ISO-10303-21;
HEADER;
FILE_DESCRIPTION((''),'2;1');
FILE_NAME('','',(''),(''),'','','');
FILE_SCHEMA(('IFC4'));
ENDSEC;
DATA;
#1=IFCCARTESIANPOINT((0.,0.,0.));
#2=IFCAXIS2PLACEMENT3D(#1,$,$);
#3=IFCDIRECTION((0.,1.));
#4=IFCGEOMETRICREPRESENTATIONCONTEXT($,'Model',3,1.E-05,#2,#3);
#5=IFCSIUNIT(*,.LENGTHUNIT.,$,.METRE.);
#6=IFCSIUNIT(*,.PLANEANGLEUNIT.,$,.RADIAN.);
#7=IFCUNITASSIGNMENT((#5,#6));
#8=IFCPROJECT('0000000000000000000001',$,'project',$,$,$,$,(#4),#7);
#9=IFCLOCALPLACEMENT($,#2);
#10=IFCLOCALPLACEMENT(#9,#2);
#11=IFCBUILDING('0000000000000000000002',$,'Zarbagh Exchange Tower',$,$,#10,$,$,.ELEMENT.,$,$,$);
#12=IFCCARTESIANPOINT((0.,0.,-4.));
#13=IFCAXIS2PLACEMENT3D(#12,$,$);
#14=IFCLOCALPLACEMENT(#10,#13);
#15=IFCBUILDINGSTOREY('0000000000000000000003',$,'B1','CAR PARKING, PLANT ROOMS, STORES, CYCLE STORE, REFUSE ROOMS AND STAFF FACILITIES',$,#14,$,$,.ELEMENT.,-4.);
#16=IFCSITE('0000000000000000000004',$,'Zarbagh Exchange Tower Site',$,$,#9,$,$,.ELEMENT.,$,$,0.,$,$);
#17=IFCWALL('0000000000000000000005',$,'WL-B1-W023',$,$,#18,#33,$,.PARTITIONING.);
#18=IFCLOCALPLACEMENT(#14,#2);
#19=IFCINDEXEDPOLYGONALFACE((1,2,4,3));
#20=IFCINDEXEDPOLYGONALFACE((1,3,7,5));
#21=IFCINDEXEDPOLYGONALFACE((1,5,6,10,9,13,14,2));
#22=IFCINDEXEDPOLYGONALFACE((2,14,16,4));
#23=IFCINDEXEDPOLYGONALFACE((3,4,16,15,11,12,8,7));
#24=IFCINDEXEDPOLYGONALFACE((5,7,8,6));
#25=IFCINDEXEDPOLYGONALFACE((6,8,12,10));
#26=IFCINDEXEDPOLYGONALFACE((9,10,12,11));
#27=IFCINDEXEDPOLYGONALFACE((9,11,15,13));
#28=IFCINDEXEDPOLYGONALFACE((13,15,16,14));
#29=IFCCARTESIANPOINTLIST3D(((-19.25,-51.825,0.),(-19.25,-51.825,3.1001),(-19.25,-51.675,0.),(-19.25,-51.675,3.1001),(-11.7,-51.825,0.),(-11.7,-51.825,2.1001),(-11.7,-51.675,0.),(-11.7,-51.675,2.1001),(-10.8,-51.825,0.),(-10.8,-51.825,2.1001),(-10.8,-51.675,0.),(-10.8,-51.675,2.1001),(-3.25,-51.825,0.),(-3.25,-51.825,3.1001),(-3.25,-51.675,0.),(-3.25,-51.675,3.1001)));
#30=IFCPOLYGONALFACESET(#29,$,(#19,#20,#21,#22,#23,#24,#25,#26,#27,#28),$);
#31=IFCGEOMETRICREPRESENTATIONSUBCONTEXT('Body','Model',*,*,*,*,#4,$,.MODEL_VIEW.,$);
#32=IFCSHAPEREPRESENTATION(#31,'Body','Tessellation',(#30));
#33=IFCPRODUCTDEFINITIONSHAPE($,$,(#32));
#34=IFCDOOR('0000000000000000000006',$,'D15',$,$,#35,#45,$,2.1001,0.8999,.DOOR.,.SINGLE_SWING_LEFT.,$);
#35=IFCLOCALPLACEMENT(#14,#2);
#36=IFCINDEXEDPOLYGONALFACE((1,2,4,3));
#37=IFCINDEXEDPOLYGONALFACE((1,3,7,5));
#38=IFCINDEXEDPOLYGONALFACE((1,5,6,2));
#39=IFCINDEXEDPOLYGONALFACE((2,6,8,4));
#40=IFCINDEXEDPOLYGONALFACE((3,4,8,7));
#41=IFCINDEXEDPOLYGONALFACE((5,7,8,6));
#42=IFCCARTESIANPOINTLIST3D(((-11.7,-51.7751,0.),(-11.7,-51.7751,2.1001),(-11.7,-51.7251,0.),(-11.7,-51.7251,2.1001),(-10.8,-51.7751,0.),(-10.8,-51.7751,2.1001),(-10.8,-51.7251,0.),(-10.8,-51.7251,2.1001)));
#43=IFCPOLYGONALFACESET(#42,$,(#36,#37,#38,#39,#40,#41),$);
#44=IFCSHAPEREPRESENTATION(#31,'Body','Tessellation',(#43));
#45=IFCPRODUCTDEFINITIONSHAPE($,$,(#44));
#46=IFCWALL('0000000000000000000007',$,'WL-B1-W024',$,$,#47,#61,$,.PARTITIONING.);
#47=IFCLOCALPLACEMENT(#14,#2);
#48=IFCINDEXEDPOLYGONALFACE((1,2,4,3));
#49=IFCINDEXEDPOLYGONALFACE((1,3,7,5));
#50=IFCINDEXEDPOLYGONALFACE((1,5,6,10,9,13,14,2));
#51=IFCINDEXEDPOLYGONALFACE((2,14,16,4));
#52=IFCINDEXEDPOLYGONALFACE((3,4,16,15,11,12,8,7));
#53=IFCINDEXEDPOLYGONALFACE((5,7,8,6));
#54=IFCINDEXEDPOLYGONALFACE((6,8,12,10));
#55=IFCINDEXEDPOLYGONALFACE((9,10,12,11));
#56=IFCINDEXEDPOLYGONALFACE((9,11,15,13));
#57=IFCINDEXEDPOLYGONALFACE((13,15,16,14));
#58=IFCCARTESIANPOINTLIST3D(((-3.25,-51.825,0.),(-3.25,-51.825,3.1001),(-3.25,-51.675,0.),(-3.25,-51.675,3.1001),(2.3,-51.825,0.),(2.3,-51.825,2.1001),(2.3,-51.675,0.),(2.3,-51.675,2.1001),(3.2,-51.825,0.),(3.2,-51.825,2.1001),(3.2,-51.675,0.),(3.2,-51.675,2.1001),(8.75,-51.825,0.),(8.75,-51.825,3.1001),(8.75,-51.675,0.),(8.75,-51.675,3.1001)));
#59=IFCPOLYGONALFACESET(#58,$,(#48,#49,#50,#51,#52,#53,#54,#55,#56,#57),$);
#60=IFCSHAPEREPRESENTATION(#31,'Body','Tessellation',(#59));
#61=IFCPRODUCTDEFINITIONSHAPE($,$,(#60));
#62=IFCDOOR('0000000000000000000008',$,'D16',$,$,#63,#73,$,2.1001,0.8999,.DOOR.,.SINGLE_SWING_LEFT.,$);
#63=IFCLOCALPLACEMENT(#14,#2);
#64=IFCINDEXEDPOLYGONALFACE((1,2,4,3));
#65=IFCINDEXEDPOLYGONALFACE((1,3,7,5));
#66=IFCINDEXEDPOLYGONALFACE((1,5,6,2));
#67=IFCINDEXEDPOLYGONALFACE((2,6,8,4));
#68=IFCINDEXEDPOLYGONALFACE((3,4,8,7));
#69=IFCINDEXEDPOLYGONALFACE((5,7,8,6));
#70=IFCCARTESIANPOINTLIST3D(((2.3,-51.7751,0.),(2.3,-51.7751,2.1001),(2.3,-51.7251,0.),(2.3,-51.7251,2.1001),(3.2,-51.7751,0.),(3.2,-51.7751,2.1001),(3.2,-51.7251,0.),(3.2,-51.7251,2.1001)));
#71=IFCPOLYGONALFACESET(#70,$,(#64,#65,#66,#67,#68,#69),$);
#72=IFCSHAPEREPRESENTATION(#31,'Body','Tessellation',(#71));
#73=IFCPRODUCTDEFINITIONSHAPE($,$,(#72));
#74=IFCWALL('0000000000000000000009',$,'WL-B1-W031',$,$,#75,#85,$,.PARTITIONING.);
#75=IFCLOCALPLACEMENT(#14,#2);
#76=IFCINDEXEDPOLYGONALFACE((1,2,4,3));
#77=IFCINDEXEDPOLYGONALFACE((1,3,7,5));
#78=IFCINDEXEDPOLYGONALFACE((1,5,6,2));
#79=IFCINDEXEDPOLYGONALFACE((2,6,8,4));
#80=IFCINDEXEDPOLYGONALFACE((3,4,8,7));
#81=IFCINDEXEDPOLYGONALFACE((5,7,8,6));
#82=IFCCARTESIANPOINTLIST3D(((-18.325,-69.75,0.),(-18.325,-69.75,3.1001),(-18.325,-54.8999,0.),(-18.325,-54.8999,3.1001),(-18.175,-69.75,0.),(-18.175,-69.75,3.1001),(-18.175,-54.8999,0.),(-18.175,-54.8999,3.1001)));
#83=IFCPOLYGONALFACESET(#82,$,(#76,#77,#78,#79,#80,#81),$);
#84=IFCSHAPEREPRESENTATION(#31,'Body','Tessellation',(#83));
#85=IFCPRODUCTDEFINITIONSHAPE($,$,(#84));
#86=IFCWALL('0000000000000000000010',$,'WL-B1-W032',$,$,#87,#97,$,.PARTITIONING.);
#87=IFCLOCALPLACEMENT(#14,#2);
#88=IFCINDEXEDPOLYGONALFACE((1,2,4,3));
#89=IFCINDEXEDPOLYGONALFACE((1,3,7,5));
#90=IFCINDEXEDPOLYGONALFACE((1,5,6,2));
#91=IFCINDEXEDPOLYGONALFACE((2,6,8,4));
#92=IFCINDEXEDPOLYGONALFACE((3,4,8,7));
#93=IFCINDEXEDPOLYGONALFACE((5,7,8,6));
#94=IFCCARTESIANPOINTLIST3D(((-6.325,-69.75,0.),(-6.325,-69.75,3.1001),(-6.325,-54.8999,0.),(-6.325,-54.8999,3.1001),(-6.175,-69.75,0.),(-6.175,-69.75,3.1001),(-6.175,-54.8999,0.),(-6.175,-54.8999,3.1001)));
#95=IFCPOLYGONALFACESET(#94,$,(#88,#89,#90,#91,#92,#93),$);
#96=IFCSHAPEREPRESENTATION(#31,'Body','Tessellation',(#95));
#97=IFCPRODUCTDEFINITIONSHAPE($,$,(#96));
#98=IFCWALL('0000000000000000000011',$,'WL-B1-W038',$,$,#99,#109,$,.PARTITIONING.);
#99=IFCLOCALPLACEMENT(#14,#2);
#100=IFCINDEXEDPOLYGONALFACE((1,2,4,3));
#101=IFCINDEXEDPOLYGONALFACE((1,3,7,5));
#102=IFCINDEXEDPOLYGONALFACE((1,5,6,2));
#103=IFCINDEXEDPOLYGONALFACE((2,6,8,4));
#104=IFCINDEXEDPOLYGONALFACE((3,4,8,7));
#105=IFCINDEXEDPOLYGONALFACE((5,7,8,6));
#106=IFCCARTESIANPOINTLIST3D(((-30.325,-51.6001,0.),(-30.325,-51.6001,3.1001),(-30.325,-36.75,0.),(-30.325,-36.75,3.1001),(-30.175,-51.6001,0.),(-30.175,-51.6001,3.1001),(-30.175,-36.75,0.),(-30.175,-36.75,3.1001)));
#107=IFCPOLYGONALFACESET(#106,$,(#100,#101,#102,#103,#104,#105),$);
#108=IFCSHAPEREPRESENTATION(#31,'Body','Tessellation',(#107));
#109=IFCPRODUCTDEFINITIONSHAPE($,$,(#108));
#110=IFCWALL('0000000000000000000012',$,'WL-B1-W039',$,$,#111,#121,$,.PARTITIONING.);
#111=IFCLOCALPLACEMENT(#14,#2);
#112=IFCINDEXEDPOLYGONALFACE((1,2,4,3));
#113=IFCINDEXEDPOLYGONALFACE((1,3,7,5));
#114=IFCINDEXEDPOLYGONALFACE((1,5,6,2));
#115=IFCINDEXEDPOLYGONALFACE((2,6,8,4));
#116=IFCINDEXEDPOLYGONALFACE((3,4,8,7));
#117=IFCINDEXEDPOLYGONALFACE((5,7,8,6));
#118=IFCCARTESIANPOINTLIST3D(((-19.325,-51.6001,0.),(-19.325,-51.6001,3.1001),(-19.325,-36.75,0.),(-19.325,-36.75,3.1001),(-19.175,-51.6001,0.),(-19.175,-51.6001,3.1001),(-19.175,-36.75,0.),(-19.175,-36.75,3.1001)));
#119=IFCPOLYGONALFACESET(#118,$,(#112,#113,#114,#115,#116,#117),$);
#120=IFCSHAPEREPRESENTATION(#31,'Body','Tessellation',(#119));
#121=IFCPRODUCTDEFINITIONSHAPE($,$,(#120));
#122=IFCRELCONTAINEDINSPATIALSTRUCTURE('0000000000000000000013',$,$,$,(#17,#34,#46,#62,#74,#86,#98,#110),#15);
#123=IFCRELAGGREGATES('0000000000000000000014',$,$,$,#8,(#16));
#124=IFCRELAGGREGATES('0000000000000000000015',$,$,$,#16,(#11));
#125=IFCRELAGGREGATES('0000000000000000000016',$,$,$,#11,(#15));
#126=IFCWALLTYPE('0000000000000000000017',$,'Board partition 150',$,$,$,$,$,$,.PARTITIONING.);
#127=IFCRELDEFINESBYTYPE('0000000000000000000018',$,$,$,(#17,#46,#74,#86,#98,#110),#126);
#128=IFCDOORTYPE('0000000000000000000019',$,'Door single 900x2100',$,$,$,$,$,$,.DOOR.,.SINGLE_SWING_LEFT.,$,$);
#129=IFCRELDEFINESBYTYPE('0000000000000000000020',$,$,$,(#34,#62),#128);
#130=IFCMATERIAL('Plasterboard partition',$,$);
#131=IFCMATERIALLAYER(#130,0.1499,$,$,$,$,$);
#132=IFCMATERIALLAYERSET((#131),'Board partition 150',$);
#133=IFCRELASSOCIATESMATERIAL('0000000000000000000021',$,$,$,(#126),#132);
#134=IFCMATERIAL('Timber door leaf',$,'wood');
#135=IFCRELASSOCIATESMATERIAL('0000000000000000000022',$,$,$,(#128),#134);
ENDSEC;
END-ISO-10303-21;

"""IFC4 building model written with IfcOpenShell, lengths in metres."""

from ifc_helpers import new_model, si_unit, direction, frame, frame_2d, origin, place, context, subcontext, project, spatial, rectangle, extrude, material, layer, layer_set, type_object, element, fill, save


model = new_model("IFC4")

# Units and contexts
model_context = context("Model", 3, precision=1e-05, world=origin(), true_north=direction((0.0, 1.0)))
body_context = subcontext(model_context, "Body", "Model", "MODEL_VIEW")
ifc_project = project(units=[si_unit("LENGTHUNIT", "METRE"), si_unit("PLANEANGLEUNIT", "RADIAN")], contexts=[model_context])

# Site, building, storey
site_placement = place(None, origin())
site = spatial("IfcSite", under=ifc_project, at=site_placement, Name="Zarbagh Exchange Tower Site", CompositionType="ELEMENT", RefElevation=0.0)
building_placement = place(site_placement, origin())
building = spatial("IfcBuilding", under=site, at=building_placement, Name="Zarbagh Exchange Tower", CompositionType="ELEMENT")
storey_placement = place(building_placement, frame((0.0, 0.0, -4.0)))
storey = spatial("IfcBuildingStorey", under=building, at=storey_placement, Name="B1", Description="CAR PARKING, PLANT ROOMS, STORES, CYCLE STORE, REFUSE ROOMS AND STAFF FACILITIES", CompositionType="ELEMENT", Elevation=-4.0)

# Walls, openings, doors
ifc_material_1 = material(Name="Plasterboard partition")
ifc_layer = layer(ifc_material_1, 0.1499)
ifc_layer_set = layer_set([ifc_layer], Name="Board partition 150")
wall_type = type_object("IfcWallType", Name="Board partition 150", PredefinedType="PARTITIONING", material=ifc_layer_set)
ifc_material_2 = material(Name="Timber door leaf", Category="wood")
door_type = type_object("IfcDoorType", Name="Door single 900x2100", OperationType="SINGLE_SWING_LEFT", PredefinedType="DOOR", material=ifc_material_2)
wall_1_placement = place(storey_placement, frame((-19.25, -51.75, 0.0), z_axis=(0.0, 0.0, 1.0), x_axis=(1.0, 0.0, 0.0)))
wall_1 = element("IfcWall", 1, at=wall_1_placement, inside=storey, type_object=wall_type, Name="WL-B1-W023", PredefinedType="PARTITIONING", context=body_context, shape_type="SweptSolid", body=[
    extrude(rectangle(XDim=16.0, YDim=0.1499, at=frame_2d((8.0, 0.0))), origin(), (0.0, 0.0, 1.0), 3.1001),
])
opening_1_placement = place(wall_1_placement, frame((7.55, 0.0, 0.0)))
opening_1 = element("IfcOpeningElement", 2, at=opening_1_placement, cuts=wall_1, PredefinedType="OPENING", context=body_context, shape_type="SweptSolid", body=[
    extrude(rectangle(XDim=0.8999, YDim=2.1001, at=frame_2d((0.45, 1.05))), frame((0.0, 0.085, 0.0), z_axis=(0.0, -1.0, 0.0), x_axis=(1.0, 0.0, 0.0)), (0.0, 0.0, 1.0), 0.1699),
])
door_1_placement = place(opening_1_placement, origin())
door_1 = element("IfcDoor", 3, at=door_1_placement, inside=storey, type_object=door_type, Name="D15", OperationType="SINGLE_SWING_LEFT", OverallHeight=2.1001, OverallWidth=0.8999, PredefinedType="DOOR", context=body_context, shape_type="SweptSolid", body=[
    extrude(rectangle(XDim=0.8999, YDim=2.1001, at=frame_2d((0.45, 1.05))), frame((0.0, 0.0249, 0.0), z_axis=(0.0, -1.0, 0.0), x_axis=(1.0, 0.0, 0.0)), (0.0, 0.0, 1.0), 0.05),
])
fill(opening_1, door_1)
wall_2_placement = place(storey_placement, frame((-3.25, -51.75, 0.0), z_axis=(0.0, 0.0, 1.0), x_axis=(1.0, 0.0, 0.0)))
wall_2 = element("IfcWall", 4, at=wall_2_placement, inside=storey, type_object=wall_type, Name="WL-B1-W024", PredefinedType="PARTITIONING", context=body_context, shape_type="SweptSolid", body=[
    extrude(rectangle(XDim=12.0, YDim=0.1499, at=frame_2d((6.0, 0.0))), origin(), (0.0, 0.0, 1.0), 3.1001),
])
opening_2_placement = place(wall_2_placement, frame((5.55, 0.0, 0.0)))
opening_2 = element("IfcOpeningElement", 5, at=opening_2_placement, cuts=wall_2, PredefinedType="OPENING", context=body_context, shape_type="SweptSolid", body=[
    extrude(rectangle(XDim=0.8999, YDim=2.1001, at=frame_2d((0.45, 1.05))), frame((0.0, 0.085, 0.0), z_axis=(0.0, -1.0, 0.0), x_axis=(1.0, 0.0, 0.0)), (0.0, 0.0, 1.0), 0.1699),
])
door_2_placement = place(opening_2_placement, origin())
door_2 = element("IfcDoor", 6, at=door_2_placement, inside=storey, type_object=door_type, Name="D16", OperationType="SINGLE_SWING_LEFT", OverallHeight=2.1001, OverallWidth=0.8999, PredefinedType="DOOR", context=body_context, shape_type="SweptSolid", body=[
    extrude(rectangle(XDim=0.8999, YDim=2.1001, at=frame_2d((0.45, 1.05))), frame((0.0, 0.0249, 0.0), z_axis=(0.0, -1.0, 0.0), x_axis=(1.0, 0.0, 0.0)), (0.0, 0.0, 1.0), 0.05),
])
fill(opening_2, door_2)

# Walls
for number, where, z_axis, x_axis, name in (
    (7, (-18.25, -54.8999, 0.0), (0.0, 0.0, 1.0), (0.0, -1.0, 0.0), "WL-B1-W031"),
    (8, (-6.25, -54.8999, 0.0), (0.0, 0.0, 1.0), (0.0, -1.0, 0.0), "WL-B1-W032"),
    (9, (-30.25, -36.75, 0.0), (0.0, 0.0, 1.0), (0.0, -1.0, 0.0), "WL-B1-W038"),
    (10, (-19.25, -36.75, 0.0), (0.0, 0.0, 1.0), (0.0, -1.0, 0.0), "WL-B1-W039"),
):
    element("IfcWall", number, at=place(storey_placement, frame(where, z_axis=z_axis, x_axis=x_axis)), inside=storey, type_object=wall_type, Name=name, PredefinedType="PARTITIONING", context=body_context, shape_type="SweptSolid", body=[
        extrude(rectangle(XDim=14.8501, YDim=0.1499, at=frame_2d((7.425, 0.0))), origin(), (0.0, 0.0, 1.0), 3.1001),
    ])

save(model, "model.ifc")
